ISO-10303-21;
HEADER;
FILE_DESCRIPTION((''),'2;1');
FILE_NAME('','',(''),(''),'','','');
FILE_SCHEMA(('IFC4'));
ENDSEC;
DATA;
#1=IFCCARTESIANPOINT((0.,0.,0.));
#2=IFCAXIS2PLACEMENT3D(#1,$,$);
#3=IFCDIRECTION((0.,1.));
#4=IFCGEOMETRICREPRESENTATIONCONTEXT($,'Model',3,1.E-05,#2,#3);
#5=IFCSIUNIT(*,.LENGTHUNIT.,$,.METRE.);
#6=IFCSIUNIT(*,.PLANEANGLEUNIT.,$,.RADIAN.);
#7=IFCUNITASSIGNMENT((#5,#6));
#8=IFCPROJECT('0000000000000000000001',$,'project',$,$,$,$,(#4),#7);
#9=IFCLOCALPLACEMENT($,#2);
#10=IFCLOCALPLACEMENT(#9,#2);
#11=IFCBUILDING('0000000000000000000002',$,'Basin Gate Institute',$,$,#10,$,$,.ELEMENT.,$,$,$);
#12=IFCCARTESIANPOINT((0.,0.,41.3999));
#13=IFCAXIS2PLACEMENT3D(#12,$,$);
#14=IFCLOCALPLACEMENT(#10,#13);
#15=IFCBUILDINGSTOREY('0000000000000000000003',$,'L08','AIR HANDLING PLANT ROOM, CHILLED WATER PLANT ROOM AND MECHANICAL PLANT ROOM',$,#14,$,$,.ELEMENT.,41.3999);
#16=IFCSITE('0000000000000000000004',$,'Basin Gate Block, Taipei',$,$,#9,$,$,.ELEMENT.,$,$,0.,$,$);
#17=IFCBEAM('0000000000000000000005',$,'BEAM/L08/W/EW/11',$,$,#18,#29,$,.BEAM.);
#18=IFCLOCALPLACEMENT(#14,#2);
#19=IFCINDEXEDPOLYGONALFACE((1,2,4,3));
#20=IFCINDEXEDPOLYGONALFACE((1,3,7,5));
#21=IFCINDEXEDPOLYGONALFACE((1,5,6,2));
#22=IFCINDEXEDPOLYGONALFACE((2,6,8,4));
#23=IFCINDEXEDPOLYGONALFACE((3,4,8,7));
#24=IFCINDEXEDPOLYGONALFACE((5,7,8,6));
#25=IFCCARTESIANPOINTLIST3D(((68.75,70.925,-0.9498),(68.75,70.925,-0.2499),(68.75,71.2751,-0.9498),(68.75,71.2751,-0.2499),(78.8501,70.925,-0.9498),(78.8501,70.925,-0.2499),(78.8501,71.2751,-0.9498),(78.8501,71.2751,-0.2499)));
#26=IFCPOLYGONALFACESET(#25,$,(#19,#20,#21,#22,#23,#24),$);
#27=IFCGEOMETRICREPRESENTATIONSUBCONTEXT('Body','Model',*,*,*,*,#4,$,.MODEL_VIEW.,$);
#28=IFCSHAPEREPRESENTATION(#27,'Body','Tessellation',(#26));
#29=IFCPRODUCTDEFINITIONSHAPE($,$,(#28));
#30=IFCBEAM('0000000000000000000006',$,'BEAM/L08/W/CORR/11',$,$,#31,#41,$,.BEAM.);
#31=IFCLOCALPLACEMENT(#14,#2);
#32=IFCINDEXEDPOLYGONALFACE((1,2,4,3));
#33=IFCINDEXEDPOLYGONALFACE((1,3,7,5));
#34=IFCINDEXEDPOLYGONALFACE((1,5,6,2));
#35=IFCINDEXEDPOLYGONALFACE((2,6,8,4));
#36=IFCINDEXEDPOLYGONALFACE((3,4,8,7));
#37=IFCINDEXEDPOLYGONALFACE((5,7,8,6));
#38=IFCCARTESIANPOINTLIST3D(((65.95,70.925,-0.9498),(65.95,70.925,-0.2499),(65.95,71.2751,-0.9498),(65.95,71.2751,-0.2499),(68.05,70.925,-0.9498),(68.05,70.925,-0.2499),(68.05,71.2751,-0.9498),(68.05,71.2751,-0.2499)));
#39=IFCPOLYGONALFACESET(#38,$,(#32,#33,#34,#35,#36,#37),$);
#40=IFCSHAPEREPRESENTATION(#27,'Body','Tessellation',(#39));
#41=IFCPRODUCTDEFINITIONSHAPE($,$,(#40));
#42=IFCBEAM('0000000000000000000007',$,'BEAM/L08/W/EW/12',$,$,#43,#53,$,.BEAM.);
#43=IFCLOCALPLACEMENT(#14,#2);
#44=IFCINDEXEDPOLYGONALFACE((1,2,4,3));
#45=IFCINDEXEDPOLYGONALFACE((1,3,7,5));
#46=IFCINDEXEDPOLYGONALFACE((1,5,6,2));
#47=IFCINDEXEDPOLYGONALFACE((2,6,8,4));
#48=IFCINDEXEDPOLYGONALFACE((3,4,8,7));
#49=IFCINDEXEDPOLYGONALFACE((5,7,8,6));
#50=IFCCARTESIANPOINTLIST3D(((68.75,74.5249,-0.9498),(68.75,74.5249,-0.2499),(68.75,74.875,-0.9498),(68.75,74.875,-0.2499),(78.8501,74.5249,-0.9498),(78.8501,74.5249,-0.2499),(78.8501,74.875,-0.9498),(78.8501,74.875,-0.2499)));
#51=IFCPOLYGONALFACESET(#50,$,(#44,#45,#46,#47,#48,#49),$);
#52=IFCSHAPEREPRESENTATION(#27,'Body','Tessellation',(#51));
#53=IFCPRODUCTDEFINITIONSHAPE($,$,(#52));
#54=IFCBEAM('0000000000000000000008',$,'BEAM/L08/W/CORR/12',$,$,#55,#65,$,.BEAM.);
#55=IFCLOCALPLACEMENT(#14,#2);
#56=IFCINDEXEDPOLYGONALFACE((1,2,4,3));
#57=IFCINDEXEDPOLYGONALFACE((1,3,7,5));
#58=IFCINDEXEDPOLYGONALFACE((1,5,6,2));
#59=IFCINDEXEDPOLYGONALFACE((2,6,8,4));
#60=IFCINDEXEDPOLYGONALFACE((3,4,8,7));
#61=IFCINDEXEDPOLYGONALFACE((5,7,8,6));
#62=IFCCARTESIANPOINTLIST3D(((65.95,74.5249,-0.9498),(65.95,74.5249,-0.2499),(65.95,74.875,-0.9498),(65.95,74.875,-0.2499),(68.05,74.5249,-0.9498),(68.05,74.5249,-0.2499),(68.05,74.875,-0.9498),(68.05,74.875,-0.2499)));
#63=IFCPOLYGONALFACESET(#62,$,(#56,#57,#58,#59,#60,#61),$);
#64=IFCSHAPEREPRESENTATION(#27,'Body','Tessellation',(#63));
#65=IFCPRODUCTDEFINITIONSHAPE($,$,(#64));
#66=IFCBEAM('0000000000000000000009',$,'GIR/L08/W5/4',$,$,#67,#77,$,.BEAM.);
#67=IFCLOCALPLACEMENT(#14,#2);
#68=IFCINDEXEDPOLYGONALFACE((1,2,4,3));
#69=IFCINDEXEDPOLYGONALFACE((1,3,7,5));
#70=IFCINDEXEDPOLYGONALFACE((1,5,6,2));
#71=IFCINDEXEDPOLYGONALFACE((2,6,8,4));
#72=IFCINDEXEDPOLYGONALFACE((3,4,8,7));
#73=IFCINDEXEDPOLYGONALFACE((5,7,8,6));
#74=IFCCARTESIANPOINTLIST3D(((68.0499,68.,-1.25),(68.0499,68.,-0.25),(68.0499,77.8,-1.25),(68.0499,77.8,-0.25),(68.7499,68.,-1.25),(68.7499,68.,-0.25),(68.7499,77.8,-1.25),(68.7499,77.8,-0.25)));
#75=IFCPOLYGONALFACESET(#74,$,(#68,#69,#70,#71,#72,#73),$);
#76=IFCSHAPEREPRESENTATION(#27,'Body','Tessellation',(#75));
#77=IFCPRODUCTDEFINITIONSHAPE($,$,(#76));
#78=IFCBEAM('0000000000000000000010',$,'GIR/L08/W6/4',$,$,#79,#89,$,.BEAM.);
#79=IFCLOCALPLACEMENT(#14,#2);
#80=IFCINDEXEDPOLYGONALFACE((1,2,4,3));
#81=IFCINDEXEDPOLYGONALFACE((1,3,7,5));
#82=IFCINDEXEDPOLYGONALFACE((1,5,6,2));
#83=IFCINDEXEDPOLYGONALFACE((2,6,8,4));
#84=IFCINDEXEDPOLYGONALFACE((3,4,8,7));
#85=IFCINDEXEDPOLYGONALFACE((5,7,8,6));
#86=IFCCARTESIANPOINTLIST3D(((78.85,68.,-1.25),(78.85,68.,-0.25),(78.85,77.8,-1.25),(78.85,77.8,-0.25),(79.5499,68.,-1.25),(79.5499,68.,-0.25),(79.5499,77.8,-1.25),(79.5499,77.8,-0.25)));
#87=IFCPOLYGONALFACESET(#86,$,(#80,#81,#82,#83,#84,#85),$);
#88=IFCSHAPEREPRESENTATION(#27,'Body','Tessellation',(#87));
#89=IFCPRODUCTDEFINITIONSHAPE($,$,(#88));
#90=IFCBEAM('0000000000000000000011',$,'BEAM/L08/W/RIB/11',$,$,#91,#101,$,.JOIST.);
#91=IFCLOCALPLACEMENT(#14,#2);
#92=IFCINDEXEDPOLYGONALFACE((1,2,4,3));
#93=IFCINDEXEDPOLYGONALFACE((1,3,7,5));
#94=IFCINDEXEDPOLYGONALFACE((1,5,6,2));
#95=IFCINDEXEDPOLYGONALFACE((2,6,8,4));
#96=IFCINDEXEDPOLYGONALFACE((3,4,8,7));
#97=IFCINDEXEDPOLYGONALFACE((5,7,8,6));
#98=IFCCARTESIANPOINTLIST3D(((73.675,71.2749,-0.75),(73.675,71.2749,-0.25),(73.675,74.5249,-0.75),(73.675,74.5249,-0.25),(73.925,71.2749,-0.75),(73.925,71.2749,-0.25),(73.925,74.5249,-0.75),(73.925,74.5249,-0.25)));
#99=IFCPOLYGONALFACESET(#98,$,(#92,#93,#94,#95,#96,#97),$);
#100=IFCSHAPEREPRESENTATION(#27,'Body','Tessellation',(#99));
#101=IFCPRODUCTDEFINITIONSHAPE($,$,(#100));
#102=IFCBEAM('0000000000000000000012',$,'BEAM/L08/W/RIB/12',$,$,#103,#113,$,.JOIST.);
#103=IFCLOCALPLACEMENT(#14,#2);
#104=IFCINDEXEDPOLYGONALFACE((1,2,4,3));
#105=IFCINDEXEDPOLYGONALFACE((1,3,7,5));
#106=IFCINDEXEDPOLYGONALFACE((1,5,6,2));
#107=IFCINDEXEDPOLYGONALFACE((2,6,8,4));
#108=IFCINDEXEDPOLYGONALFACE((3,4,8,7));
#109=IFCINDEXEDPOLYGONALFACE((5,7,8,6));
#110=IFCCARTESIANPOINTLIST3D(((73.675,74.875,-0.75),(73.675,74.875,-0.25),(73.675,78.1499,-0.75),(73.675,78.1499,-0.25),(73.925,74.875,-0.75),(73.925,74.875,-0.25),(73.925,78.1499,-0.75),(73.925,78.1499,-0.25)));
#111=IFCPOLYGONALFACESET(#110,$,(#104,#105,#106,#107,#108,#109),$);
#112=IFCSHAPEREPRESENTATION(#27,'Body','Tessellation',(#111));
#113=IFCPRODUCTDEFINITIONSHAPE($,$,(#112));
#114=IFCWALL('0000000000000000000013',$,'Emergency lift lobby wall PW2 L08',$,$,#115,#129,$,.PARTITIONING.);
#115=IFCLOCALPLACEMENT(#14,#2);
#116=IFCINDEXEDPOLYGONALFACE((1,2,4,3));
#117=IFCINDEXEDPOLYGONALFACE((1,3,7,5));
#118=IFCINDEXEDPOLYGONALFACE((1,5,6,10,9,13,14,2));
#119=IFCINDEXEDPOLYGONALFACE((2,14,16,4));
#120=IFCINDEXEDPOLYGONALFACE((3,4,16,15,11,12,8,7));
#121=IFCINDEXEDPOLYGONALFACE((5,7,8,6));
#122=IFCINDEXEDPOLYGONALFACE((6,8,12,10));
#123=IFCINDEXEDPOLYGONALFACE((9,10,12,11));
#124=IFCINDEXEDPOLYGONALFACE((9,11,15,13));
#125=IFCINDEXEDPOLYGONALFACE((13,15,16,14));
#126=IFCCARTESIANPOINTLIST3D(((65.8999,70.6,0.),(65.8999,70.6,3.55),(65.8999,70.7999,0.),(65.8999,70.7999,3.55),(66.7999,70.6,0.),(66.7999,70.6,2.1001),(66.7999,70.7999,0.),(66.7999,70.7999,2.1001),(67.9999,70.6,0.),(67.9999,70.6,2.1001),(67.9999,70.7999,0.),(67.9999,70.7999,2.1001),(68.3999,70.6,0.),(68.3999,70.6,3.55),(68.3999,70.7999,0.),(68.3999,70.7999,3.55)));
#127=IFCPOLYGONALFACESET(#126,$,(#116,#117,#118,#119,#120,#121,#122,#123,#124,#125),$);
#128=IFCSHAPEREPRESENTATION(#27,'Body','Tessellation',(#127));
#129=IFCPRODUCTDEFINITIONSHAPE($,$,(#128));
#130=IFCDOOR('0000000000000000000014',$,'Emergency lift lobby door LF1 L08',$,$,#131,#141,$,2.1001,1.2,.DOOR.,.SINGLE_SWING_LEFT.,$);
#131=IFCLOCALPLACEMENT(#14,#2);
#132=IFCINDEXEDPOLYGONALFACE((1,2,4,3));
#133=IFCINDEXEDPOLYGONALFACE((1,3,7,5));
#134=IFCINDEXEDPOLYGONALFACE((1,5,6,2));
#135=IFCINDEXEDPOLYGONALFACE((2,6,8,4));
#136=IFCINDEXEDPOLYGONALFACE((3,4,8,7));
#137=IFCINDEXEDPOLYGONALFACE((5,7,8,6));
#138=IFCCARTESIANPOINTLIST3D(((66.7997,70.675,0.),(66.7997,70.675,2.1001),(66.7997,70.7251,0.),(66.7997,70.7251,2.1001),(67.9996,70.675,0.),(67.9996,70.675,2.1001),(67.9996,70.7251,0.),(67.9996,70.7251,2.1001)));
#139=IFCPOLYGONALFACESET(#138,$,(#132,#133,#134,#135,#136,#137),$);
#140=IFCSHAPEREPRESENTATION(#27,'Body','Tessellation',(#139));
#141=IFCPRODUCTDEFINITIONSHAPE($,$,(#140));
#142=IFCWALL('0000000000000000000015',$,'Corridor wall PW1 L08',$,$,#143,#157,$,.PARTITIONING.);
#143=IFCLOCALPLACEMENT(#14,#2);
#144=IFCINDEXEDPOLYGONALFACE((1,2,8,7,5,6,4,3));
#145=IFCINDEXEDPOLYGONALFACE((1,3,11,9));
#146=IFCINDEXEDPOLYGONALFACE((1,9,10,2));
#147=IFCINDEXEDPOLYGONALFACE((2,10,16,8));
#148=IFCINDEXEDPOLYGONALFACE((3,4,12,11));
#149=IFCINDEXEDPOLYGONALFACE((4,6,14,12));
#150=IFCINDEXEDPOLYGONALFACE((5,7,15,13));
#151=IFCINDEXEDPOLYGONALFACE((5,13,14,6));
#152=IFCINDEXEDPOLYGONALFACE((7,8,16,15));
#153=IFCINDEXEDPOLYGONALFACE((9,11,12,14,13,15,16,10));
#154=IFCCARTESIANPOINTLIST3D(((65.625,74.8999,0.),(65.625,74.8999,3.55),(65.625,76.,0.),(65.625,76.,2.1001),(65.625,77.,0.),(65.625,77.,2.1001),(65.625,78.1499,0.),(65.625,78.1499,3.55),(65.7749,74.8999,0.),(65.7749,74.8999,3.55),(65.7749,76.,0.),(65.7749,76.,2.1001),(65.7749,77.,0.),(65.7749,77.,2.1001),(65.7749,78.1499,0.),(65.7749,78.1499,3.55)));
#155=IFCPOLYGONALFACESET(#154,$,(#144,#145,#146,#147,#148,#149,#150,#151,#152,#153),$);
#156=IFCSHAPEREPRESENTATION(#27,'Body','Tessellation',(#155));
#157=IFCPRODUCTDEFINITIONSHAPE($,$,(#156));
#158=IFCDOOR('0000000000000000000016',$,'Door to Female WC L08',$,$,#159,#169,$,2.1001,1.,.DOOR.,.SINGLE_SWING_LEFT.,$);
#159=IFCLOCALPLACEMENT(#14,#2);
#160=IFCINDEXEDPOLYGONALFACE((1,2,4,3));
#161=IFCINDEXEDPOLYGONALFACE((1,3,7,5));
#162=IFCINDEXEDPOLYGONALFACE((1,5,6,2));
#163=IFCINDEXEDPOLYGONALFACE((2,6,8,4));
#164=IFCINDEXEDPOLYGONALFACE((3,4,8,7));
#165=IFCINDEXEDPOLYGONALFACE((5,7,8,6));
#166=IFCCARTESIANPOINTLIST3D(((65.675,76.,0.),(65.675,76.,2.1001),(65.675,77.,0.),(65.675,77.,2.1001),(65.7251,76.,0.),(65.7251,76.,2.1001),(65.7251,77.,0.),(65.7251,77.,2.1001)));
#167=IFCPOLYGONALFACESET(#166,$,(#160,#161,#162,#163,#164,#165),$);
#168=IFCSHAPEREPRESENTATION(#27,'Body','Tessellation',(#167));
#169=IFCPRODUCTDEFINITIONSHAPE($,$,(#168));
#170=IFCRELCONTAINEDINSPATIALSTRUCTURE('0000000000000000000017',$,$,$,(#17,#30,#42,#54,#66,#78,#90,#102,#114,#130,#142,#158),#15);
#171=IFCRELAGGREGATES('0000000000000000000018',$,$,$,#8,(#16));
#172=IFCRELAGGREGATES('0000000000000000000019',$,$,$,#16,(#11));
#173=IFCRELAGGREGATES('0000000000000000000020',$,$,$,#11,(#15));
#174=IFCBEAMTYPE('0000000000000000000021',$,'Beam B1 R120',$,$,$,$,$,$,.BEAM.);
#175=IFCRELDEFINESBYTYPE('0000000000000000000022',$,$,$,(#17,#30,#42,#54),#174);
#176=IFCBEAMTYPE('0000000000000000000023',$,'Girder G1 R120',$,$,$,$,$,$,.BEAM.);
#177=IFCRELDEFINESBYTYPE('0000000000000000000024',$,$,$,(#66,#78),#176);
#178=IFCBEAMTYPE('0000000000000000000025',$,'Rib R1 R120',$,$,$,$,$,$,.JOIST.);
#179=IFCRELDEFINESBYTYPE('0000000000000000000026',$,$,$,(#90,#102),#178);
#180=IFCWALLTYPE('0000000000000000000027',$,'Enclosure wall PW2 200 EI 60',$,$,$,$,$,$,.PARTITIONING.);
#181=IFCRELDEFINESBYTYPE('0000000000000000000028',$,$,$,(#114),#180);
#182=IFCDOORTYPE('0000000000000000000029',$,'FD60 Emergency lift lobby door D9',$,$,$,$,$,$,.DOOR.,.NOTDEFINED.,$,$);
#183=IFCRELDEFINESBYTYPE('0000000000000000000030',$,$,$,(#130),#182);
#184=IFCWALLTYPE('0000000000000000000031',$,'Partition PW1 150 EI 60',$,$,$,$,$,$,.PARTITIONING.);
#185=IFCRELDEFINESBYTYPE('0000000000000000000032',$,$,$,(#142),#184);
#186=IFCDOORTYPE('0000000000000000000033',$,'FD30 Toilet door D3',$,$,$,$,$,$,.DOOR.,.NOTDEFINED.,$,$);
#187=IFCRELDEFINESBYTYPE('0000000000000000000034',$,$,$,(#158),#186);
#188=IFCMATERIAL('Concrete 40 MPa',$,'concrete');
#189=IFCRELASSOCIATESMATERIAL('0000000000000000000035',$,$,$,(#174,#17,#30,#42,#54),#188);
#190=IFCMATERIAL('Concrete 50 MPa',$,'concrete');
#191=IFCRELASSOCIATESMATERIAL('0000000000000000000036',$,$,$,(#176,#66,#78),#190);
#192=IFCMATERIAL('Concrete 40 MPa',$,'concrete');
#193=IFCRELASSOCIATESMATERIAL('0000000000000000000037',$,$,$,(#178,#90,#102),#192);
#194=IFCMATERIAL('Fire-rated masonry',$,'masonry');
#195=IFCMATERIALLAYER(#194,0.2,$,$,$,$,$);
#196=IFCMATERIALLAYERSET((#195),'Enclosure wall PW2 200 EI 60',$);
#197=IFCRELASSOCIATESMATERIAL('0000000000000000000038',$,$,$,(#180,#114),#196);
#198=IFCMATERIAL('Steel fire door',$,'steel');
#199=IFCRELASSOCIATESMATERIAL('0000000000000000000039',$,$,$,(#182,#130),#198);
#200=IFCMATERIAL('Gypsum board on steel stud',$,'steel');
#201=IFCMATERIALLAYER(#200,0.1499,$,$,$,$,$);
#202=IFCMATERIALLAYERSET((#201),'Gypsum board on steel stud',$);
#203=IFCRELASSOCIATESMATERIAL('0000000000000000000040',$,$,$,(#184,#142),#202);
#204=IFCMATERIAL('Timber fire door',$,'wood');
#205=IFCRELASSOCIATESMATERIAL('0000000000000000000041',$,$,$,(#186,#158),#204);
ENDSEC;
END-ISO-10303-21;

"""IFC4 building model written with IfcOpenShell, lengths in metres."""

from ifc_helpers import new_model, si_unit, direction, frame, frame_2d, origin, origin_2d, place, context, subcontext, project, spatial, rectangle, extrude, material, layer, layer_set, material_profile, profile_set, type_object, element, fill, save


model = new_model("IFC4")

# Units and contexts
model_context = context("Model", 3, precision=1e-05, world=origin(), true_north=direction((0.0, 1.0)))
body_context = subcontext(model_context, "Body", "Model", "MODEL_VIEW")
ifc_project = project(units=[si_unit("LENGTHUNIT", "METRE"), si_unit("PLANEANGLEUNIT", "RADIAN")], contexts=[model_context])

# Site, building, storey
site_placement = place(None, origin())
site = spatial("IfcSite", under=ifc_project, at=site_placement, Name="Basin Gate Block, Taipei", CompositionType="ELEMENT", RefElevation=0.0)
building_placement = place(site_placement, origin())
building = spatial("IfcBuilding", under=site, at=building_placement, Name="Basin Gate Institute", CompositionType="ELEMENT")
storey_placement = place(building_placement, frame((0.0, 0.0, 41.3999)))
storey = spatial("IfcBuildingStorey", under=building, at=storey_placement, Name="L08", Description="AIR HANDLING PLANT ROOM, CHILLED WATER PLANT ROOM AND MECHANICAL PLANT ROOM", CompositionType="ELEMENT", Elevation=41.3999)

# Beams
ifc_material_1 = material(Name="Concrete 40 MPa", Category="concrete")
ifc_material_profile_1 = material_profile(ifc_material_1, rectangle(XDim=0.3501, YDim=0.7, at=origin_2d()), Name="Beam B1 350 x 700")
ifc_profile_set_1 = profile_set([ifc_material_profile_1], Name="Concrete 40 MPa")
beam_type_1 = type_object("IfcBeamType", Name="Beam B1 R120", PredefinedType="BEAM", material=ifc_profile_set_1)
beam_1_placement = place(storey_placement, frame((68.75, 71.1001, -0.5999), z_axis=(1.0, 0.0, 0.0), x_axis=(0.0, 1.0, 0.0)))
element("IfcBeam", 1, at=beam_1_placement, inside=storey, type_object=beam_type_1, material=ifc_profile_set_1, Name="BEAM/L08/W/EW/11", PredefinedType="BEAM", context=body_context, shape_type="SweptSolid", body=[
    extrude(rectangle(XDim=0.3501, YDim=0.7, at=origin_2d()), origin(), (0.0, 0.0, 1.0), 10.1001),
])
beam_2_placement = place(storey_placement, frame((65.95, 71.1001, -0.5999), z_axis=(1.0, 0.0, 0.0), x_axis=(0.0, 1.0, 0.0)))
element("IfcBeam", 2, at=beam_2_placement, inside=storey, type_object=beam_type_1, material=ifc_profile_set_1, Name="BEAM/L08/W/CORR/11", PredefinedType="BEAM", context=body_context, shape_type="SweptSolid", body=[
    extrude(rectangle(XDim=0.3501, YDim=0.7, at=origin_2d()), origin(), (0.0, 0.0, 1.0), 2.1001),
])
beam_3_placement = place(storey_placement, frame((68.75, 74.7, -0.5999), z_axis=(1.0, 0.0, 0.0), x_axis=(0.0, 1.0, 0.0)))
element("IfcBeam", 3, at=beam_3_placement, inside=storey, type_object=beam_type_1, material=ifc_profile_set_1, Name="BEAM/L08/W/EW/12", PredefinedType="BEAM", context=body_context, shape_type="SweptSolid", body=[
    extrude(rectangle(XDim=0.3501, YDim=0.7, at=origin_2d()), origin(), (0.0, 0.0, 1.0), 10.1001),
])
beam_4_placement = place(storey_placement, frame((65.95, 74.7, -0.5999), z_axis=(1.0, 0.0, 0.0), x_axis=(0.0, 1.0, 0.0)))
element("IfcBeam", 4, at=beam_4_placement, inside=storey, type_object=beam_type_1, material=ifc_profile_set_1, Name="BEAM/L08/W/CORR/12", PredefinedType="BEAM", context=body_context, shape_type="SweptSolid", body=[
    extrude(rectangle(XDim=0.3501, YDim=0.7, at=origin_2d()), origin(), (0.0, 0.0, 1.0), 2.1001),
])
ifc_material_2 = material(Name="Concrete 50 MPa", Category="concrete")
ifc_material_profile_2 = material_profile(ifc_material_2, rectangle(XDim=0.7, YDim=1.0, at=origin_2d()), Name="Girder G1 700 x 1000")
ifc_profile_set_2 = profile_set([ifc_material_profile_2], Name="Concrete 50 MPa")
beam_type_2 = type_object("IfcBeamType", Name="Girder G1 R120", PredefinedType="BEAM", material=ifc_profile_set_2)
for number, where, z_axis, x_axis, name in (
    (5, (68.3999, 68.0, -0.75), (0.0, 1.0, 0.0), (-1.0, 0.0, 0.0), "GIR/L08/W5/4"),
    (6, (79.2, 68.0, -0.75), (0.0, 1.0, 0.0), (-1.0, 0.0, 0.0), "GIR/L08/W6/4"),
):
    element("IfcBeam", number, at=place(storey_placement, frame(where, z_axis=z_axis, x_axis=x_axis)), inside=storey, type_object=beam_type_2, material=ifc_profile_set_2, Name=name, PredefinedType="BEAM", context=body_context, shape_type="SweptSolid", body=[
        extrude(rectangle(XDim=0.7, YDim=1.0, at=origin_2d()), origin(), (0.0, 0.0, 1.0), 9.8),
    ])
ifc_material_3 = material(Name="Concrete 40 MPa", Category="concrete")
ifc_material_profile_3 = material_profile(ifc_material_3, rectangle(XDim=0.25, YDim=0.5, at=origin_2d()), Name="Rib R1 250 x 500")
ifc_profile_set_3 = profile_set([ifc_material_profile_3], Name="Concrete 40 MPa")
beam_type_3 = type_object("IfcBeamType", Name="Rib R1 R120", PredefinedType="JOIST", material=ifc_profile_set_3)
beam_5_placement = place(storey_placement, frame((73.8, 71.2749, -0.5), z_axis=(0.0, 1.0, 0.0), x_axis=(-1.0, 0.0, 0.0)))
element("IfcBeam", 7, at=beam_5_placement, inside=storey, type_object=beam_type_3, material=ifc_profile_set_3, Name="BEAM/L08/W/RIB/11", PredefinedType="JOIST", context=body_context, shape_type="SweptSolid", body=[
    extrude(rectangle(XDim=0.25, YDim=0.5, at=origin_2d()), origin(), (0.0, 0.0, 1.0), 3.25),
])
beam_6_placement = place(storey_placement, frame((73.8, 74.875, -0.5), z_axis=(0.0, 1.0, 0.0), x_axis=(-1.0, 0.0, 0.0)))
element("IfcBeam", 8, at=beam_6_placement, inside=storey, type_object=beam_type_3, material=ifc_profile_set_3, Name="BEAM/L08/W/RIB/12", PredefinedType="JOIST", context=body_context, shape_type="SweptSolid", body=[
    extrude(rectangle(XDim=0.25, YDim=0.5, at=origin_2d()), origin(), (0.0, 0.0, 1.0), 3.2749),
])

# Walls, openings, doors
ifc_material_4 = material(Name="Fire-rated masonry", Category="masonry")
ifc_layer_1 = layer(ifc_material_4, 0.2)
ifc_layer_set_1 = layer_set([ifc_layer_1], Name="Enclosure wall PW2 200 EI 60")
wall_type_1 = type_object("IfcWallType", Name="Enclosure wall PW2 200 EI 60", PredefinedType="PARTITIONING", material=ifc_layer_set_1)
wall_1_placement = place(storey_placement, frame((65.8999, 70.7, 0.0), z_axis=(0.0, 0.0, 1.0), x_axis=(1.0, 0.0, 0.0)))
wall_1 = element("IfcWall", 9, at=wall_1_placement, inside=storey, type_object=wall_type_1, material=ifc_layer_set_1, Name="Emergency lift lobby wall PW2 L08", PredefinedType="PARTITIONING", context=body_context, shape_type="SweptSolid", body=[
    extrude(rectangle(XDim=2.5, YDim=0.2, at=frame_2d((1.25, 0.0))), origin(), (0.0, 0.0, 1.0), 3.55),
])
opening_1_placement = place(wall_1_placement, frame((0.8999, 0.0, 0.0)))
opening_1 = element("IfcOpeningElement", 10, at=opening_1_placement, cuts=wall_1, PredefinedType="OPENING", context=body_context, shape_type="SweptSolid", body=[
    extrude(rectangle(XDim=1.2, YDim=2.1001, at=frame_2d((0.6001, 1.05))), frame((0.0, 0.1099, 0.0), z_axis=(0.0, -1.0, 0.0), x_axis=(1.0, 0.0, 0.0)), (0.0, 0.0, 1.0), 0.22),
])
ifc_material_5 = material(Name="Steel fire door", Category="steel")
door_type_1 = type_object("IfcDoorType", Name="FD60 Emergency lift lobby door D9", OperationType="NOTDEFINED", PredefinedType="DOOR", material=ifc_material_5)
door_1_placement = place(opening_1_placement, frame((1.2, 0.0, 0.0), z_axis=(0.0, 0.0, 1.0), x_axis=(-1.0, 0.0, 0.0)))
door_1 = element("IfcDoor", 11, at=door_1_placement, inside=storey, type_object=door_type_1, material=ifc_material_5, Name="Emergency lift lobby door LF1 L08", OperationType="SINGLE_SWING_LEFT", OverallHeight=2.1001, OverallWidth=1.2, PredefinedType="DOOR", context=body_context, shape_type="SweptSolid", body=[
    extrude(rectangle(XDim=1.2, YDim=2.1001, at=frame_2d((0.6001, 1.05))), frame((0.0, 0.0249, 0.0), z_axis=(0.0, -1.0, 0.0), x_axis=(1.0, 0.0, 0.0)), (0.0, 0.0, 1.0), 0.05),
])
fill(opening_1, door_1)
ifc_material_6 = material(Name="Gypsum board on steel stud", Category="steel")
ifc_layer_2 = layer(ifc_material_6, 0.1499)
ifc_layer_set_2 = layer_set([ifc_layer_2], Name="Gypsum board on steel stud")
wall_type_2 = type_object("IfcWallType", Name="Partition PW1 150 EI 60", PredefinedType="PARTITIONING", material=ifc_layer_set_2)
wall_2_placement = place(storey_placement, frame((65.7, 74.8999, 0.0), z_axis=(0.0, 0.0, 1.0), x_axis=(0.0, 1.0, 0.0)))
wall_2 = element("IfcWall", 12, at=wall_2_placement, inside=storey, type_object=wall_type_2, material=ifc_layer_set_2, Name="Corridor wall PW1 L08", PredefinedType="PARTITIONING", context=body_context, shape_type="SweptSolid", body=[
    extrude(rectangle(XDim=3.25, YDim=0.1499, at=frame_2d((1.625, 0.0))), origin(), (0.0, 0.0, 1.0), 3.55),
])
opening_2_placement = place(wall_2_placement, frame((1.1001, 0.0, 0.0)))
opening_2 = element("IfcOpeningElement", 13, at=opening_2_placement, cuts=wall_2, PredefinedType="OPENING", context=body_context, shape_type="SweptSolid", body=[
    extrude(rectangle(XDim=1.0, YDim=2.1001, at=frame_2d((0.5, 1.05))), frame((0.0, 0.085, 0.0), z_axis=(0.0, -1.0, 0.0), x_axis=(1.0, 0.0, 0.0)), (0.0, 0.0, 1.0), 0.1699),
])
ifc_material_7 = material(Name="Timber fire door", Category="wood")
door_type_2 = type_object("IfcDoorType", Name="FD30 Toilet door D3", OperationType="NOTDEFINED", PredefinedType="DOOR", material=ifc_material_7)
door_2_placement = place(opening_2_placement, origin())
door_2 = element("IfcDoor", 14, at=door_2_placement, inside=storey, type_object=door_type_2, material=ifc_material_7, Name="Door to Female WC L08", OperationType="SINGLE_SWING_LEFT", OverallHeight=2.1001, OverallWidth=1.0, PredefinedType="DOOR", context=body_context, shape_type="SweptSolid", body=[
    extrude(rectangle(XDim=1.0, YDim=2.1001, at=frame_2d((0.5, 1.05))), frame((0.0, 0.0249, 0.0), z_axis=(0.0, -1.0, 0.0), x_axis=(1.0, 0.0, 0.0)), (0.0, 0.0, 1.0), 0.05),
])
fill(opening_2, door_2)

save(model, "model.ifc")
